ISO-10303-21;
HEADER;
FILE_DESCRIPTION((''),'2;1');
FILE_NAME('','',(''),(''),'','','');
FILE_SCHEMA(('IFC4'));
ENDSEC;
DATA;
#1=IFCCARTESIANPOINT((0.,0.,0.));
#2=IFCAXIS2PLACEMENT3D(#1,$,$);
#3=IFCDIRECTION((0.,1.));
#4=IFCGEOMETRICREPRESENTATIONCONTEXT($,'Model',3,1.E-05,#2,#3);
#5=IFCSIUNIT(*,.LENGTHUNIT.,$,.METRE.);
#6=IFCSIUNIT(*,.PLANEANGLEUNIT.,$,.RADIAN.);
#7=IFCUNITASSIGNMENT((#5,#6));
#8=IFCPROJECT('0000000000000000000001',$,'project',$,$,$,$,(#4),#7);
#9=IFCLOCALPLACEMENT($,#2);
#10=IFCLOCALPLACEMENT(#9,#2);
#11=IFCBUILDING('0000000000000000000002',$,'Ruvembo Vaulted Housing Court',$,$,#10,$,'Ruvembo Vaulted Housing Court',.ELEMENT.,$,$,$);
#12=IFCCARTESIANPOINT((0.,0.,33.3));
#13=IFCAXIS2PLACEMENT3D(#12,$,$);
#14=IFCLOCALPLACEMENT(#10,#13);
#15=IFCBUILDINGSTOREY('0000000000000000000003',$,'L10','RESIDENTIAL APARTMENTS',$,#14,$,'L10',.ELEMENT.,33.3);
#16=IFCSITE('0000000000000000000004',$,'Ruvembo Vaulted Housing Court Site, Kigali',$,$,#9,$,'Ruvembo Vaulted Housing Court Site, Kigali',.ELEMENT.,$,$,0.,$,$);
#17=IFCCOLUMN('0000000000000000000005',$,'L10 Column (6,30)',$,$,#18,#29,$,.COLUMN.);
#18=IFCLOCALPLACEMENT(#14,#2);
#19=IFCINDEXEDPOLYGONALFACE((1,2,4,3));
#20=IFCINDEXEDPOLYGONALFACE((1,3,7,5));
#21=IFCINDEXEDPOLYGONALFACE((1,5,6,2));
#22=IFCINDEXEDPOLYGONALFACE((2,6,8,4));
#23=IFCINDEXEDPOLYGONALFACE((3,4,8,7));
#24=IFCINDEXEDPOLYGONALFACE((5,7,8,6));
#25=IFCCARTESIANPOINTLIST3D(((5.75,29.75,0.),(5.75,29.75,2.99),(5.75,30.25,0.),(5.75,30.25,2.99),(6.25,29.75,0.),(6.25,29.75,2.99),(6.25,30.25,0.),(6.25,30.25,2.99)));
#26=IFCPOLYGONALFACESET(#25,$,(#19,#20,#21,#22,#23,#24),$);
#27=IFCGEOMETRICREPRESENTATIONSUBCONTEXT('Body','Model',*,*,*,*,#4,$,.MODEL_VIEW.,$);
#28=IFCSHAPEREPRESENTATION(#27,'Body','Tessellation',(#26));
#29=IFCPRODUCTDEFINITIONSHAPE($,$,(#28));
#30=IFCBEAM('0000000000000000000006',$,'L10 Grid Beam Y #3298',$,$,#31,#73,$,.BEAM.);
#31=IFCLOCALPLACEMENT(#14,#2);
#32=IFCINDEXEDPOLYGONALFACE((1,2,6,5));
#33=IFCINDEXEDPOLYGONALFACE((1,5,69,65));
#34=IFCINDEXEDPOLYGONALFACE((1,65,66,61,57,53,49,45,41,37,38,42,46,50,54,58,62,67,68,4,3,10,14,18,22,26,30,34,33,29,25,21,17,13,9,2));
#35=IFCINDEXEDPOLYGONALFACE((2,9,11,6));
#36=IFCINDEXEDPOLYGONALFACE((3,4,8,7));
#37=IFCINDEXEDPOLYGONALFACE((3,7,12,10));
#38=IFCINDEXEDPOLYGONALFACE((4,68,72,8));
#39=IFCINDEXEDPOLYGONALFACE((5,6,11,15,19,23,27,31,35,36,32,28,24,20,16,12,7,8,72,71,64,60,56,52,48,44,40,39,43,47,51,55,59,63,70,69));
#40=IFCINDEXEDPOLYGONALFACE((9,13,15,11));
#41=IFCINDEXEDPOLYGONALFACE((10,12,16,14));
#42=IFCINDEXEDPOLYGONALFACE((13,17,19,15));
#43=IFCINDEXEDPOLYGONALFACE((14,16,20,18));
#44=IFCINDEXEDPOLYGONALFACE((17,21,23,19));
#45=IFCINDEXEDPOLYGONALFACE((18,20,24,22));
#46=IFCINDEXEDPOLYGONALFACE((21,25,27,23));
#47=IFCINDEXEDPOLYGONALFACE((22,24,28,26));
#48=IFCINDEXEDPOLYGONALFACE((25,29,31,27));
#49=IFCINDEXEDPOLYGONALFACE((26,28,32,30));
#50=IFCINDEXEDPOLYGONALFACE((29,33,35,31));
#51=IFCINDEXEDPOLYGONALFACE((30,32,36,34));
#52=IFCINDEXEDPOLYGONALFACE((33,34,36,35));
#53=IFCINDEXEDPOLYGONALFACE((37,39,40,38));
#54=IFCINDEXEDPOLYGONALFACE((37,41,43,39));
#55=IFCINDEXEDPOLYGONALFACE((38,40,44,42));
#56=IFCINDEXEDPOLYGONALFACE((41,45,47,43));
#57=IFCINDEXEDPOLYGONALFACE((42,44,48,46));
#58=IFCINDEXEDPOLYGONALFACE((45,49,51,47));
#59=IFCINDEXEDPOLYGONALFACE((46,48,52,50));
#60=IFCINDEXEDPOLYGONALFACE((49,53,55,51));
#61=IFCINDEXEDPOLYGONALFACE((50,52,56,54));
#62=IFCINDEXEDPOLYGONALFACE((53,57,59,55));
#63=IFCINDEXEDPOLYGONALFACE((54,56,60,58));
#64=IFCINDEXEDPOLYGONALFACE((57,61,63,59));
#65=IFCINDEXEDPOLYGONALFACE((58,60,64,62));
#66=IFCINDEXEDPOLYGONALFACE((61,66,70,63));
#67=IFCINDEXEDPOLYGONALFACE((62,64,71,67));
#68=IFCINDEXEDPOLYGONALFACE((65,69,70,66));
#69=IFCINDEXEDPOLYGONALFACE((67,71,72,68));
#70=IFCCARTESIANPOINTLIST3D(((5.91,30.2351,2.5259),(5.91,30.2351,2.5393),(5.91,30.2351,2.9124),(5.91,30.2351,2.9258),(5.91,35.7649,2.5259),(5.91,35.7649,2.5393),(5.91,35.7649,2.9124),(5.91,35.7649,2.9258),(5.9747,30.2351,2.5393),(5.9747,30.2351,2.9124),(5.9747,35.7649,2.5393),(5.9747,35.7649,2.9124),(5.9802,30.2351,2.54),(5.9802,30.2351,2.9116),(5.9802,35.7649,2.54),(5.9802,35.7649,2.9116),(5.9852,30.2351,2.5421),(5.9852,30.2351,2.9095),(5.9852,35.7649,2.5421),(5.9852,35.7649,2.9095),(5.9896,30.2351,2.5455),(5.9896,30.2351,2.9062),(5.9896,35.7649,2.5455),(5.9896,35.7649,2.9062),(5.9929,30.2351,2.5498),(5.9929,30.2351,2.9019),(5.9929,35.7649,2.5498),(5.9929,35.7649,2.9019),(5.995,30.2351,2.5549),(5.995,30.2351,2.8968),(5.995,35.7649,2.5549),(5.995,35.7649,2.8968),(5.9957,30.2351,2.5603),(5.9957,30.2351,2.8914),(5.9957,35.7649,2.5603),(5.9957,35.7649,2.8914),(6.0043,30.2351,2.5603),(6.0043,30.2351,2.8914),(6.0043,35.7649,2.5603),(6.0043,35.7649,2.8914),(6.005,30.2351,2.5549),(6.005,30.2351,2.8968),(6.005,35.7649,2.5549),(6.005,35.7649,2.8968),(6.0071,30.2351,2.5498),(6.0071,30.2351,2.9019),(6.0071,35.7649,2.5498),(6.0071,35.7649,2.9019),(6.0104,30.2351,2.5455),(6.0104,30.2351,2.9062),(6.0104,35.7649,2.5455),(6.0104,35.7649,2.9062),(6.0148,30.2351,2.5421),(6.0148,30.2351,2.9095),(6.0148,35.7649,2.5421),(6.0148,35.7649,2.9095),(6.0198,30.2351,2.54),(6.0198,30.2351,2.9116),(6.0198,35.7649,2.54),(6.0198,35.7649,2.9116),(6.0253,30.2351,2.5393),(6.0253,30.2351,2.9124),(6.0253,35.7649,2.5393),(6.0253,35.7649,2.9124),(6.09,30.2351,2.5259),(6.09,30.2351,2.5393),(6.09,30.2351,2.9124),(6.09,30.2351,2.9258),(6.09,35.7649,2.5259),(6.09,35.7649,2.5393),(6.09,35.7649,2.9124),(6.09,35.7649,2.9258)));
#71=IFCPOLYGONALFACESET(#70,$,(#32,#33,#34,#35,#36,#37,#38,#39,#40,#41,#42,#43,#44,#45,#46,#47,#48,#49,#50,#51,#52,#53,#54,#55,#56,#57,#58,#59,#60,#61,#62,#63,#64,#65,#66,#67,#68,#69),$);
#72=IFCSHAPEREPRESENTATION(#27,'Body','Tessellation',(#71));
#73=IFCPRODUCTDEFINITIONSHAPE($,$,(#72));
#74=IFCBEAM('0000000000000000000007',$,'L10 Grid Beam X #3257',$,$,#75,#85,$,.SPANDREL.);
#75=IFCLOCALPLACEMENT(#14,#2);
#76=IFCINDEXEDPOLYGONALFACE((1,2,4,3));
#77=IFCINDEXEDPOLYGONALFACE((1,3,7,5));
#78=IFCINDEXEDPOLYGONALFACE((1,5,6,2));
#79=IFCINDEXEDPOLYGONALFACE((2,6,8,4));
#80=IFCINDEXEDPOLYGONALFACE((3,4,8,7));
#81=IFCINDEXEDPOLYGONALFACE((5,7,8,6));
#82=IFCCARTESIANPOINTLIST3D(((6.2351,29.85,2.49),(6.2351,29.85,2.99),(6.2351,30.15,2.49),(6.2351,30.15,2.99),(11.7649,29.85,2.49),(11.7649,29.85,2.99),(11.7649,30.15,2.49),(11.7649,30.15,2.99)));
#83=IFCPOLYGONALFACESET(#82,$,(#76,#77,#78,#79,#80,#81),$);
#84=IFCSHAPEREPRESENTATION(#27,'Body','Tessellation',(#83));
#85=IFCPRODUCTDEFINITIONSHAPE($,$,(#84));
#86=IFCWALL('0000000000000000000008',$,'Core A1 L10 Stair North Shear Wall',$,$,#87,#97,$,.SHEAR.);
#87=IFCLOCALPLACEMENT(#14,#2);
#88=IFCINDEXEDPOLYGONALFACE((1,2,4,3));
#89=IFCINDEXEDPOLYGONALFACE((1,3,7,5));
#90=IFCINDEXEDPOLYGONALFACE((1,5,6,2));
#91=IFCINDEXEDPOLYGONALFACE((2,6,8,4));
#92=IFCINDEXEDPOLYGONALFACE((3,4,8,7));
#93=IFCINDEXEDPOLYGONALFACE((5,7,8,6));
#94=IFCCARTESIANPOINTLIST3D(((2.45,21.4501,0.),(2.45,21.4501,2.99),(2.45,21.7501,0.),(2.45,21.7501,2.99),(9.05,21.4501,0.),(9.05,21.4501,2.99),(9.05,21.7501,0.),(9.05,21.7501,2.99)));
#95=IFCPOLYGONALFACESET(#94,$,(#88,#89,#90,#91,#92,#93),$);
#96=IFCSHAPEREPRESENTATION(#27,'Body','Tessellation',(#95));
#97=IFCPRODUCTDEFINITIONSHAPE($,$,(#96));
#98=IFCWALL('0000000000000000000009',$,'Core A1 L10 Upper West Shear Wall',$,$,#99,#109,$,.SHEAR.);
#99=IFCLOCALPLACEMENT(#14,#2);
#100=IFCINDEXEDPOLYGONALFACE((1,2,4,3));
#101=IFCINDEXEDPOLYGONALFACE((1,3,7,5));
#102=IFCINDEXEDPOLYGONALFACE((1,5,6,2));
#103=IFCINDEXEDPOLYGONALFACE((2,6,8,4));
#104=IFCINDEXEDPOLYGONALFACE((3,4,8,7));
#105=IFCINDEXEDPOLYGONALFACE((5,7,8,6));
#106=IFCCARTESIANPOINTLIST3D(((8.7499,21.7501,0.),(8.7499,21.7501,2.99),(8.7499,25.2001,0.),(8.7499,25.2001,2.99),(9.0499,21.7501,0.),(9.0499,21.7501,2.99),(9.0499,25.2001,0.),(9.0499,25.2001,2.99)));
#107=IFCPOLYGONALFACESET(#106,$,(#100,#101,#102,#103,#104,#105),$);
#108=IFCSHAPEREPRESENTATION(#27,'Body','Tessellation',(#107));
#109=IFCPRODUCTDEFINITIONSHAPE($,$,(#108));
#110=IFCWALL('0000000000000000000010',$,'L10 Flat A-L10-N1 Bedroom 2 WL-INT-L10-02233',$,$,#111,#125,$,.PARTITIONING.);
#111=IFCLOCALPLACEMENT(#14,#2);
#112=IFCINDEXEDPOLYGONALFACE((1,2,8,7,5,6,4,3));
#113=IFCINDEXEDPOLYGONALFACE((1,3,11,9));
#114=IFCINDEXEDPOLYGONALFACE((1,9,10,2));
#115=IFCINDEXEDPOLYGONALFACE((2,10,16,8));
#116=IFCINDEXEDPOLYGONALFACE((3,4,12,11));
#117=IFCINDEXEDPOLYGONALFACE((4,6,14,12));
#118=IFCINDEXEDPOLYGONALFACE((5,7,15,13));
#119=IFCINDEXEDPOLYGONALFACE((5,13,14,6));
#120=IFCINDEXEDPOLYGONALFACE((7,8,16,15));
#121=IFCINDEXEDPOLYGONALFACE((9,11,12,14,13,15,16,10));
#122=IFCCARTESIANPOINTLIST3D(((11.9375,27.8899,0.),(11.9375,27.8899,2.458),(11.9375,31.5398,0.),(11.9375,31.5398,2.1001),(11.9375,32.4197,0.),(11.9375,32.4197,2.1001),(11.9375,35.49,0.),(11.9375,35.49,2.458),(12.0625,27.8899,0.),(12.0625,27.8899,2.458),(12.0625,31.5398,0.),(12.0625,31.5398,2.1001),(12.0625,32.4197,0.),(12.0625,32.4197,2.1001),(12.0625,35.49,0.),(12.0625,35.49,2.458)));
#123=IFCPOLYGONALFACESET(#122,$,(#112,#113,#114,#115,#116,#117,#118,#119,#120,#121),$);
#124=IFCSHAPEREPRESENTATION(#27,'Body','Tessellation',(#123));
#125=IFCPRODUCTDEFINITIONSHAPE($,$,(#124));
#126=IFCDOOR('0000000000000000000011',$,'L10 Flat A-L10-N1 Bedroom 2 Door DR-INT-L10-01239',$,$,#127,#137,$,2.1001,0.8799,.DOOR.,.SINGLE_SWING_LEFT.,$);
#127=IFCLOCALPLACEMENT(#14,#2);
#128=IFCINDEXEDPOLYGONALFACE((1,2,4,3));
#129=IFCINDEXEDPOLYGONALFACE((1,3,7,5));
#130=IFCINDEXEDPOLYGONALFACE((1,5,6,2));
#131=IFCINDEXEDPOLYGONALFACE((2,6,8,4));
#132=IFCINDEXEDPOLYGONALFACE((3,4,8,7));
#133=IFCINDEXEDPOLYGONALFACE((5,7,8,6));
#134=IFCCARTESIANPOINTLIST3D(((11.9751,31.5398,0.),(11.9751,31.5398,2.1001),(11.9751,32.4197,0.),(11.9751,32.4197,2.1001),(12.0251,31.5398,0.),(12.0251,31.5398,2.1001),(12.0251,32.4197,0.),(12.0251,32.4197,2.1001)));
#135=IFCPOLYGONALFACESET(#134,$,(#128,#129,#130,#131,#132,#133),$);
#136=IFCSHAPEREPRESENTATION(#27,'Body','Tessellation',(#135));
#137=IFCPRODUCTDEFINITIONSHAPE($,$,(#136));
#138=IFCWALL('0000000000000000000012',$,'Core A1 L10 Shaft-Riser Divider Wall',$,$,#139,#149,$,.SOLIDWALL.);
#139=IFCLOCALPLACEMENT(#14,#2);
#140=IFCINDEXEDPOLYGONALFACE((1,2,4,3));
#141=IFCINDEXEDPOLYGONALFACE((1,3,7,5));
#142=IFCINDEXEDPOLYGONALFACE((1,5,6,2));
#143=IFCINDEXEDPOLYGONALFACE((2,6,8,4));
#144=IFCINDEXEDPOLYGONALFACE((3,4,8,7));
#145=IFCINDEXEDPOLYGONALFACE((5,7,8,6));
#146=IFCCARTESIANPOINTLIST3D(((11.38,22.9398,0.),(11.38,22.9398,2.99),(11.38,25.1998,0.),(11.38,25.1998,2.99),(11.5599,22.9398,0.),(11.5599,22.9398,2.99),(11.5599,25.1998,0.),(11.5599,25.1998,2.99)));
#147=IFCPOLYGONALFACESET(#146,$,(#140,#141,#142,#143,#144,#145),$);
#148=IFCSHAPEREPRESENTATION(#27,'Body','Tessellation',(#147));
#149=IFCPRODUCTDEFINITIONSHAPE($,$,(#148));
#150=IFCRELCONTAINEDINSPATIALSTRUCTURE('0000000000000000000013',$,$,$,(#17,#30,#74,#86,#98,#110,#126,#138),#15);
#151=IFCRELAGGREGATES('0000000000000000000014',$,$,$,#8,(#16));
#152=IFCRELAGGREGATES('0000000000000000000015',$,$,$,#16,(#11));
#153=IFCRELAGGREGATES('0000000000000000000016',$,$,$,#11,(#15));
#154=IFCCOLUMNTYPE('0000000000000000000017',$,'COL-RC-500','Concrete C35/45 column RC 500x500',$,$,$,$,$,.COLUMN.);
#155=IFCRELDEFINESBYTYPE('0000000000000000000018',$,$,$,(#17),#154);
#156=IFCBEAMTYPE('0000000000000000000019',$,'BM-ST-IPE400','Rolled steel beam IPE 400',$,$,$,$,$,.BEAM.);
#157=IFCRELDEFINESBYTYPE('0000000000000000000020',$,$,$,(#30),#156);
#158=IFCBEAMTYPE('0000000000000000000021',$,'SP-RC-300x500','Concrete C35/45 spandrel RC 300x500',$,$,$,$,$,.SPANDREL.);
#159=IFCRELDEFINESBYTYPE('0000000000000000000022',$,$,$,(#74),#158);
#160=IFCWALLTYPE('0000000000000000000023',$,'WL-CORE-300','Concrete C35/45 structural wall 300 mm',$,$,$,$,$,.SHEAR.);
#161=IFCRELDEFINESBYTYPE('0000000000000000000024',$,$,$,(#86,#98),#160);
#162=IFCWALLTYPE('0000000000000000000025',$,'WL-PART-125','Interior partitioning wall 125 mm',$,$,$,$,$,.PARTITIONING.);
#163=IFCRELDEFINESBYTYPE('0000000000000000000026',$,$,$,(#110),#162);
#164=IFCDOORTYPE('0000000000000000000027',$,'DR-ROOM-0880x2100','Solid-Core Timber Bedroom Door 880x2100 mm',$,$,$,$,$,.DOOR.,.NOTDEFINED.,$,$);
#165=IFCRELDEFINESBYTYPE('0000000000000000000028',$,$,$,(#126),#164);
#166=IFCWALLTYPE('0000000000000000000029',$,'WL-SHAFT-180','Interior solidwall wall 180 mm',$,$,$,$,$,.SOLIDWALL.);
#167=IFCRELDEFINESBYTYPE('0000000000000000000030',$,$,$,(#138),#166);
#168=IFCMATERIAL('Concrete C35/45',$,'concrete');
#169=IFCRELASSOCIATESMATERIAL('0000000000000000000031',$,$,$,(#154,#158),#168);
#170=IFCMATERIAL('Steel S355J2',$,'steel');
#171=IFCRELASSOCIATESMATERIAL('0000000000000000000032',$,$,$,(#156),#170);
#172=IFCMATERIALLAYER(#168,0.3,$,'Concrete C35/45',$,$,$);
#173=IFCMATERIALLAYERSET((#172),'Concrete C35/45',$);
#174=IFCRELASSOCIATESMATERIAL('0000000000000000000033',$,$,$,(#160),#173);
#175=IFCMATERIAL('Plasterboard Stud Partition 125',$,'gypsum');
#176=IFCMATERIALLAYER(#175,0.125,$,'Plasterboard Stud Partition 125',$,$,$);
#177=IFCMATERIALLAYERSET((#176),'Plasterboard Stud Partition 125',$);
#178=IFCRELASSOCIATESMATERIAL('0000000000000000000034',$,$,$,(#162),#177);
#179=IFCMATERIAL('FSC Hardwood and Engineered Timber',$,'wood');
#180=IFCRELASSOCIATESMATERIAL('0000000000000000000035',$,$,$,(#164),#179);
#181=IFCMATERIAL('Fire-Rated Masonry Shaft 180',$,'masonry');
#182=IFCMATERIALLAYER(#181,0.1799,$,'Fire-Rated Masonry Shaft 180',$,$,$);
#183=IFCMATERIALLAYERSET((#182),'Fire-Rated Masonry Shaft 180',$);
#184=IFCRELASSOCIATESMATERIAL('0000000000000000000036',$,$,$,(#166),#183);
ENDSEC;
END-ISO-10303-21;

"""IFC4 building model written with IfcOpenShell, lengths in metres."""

from ifc_helpers import new_model, si_unit, direction, frame, frame_2d, origin, origin_2d, place, context, subcontext, project, spatial, rectangle, i_section, extrude, material, layer, layer_set, material_profile, profile_set, type_object, element, fill, save


model = new_model("IFC4")

# Units and contexts
model_context = context("Model", 3, precision=1e-05, world=origin(), true_north=direction((0.0, 1.0)))
body_context = subcontext(model_context, "Body", "Model", "MODEL_VIEW")
ifc_project = project(units=[si_unit("LENGTHUNIT", "METRE"), si_unit("PLANEANGLEUNIT", "RADIAN")], contexts=[model_context])

# Site, building, storey
site_placement = place(None, origin())
site = spatial("IfcSite", under=ifc_project, at=site_placement, Name="Ruvembo Vaulted Housing Court Site, Kigali", LongName="Ruvembo Vaulted Housing Court Site, Kigali", CompositionType="ELEMENT", RefElevation=0.0)
building_placement = place(site_placement, origin())
building = spatial("IfcBuilding", under=site, at=building_placement, Name="Ruvembo Vaulted Housing Court", LongName="Ruvembo Vaulted Housing Court", CompositionType="ELEMENT")
storey_placement = place(building_placement, frame((0.0, 0.0, 33.3)))
storey = spatial("IfcBuildingStorey", under=building, at=storey_placement, Name="L10", Description="RESIDENTIAL APARTMENTS", LongName="L10", CompositionType="ELEMENT", Elevation=33.3)

# Column
ifc_material_1 = material(Name="Concrete C35/45", Category="concrete")
ifc_material_profile_1 = material_profile(ifc_material_1, rectangle(XDim=0.5, YDim=0.5, at=origin_2d()), Name="RC 500x500")
ifc_profile_set_1 = profile_set([ifc_material_profile_1], Name="Concrete C35/45")
column_type = type_object("IfcColumnType", Name="COL-RC-500", Description="Concrete C35/45 column RC 500x500", PredefinedType="COLUMN", material=ifc_profile_set_1)
column_placement = place(storey_placement, frame((6.0, 30.0, 0.0), z_axis=(0.0, 0.0, 1.0), x_axis=(1.0, 0.0, 0.0)))
element("IfcColumn", 1, at=column_placement, inside=storey, type_object=column_type, Name="L10 Column (6,30)", PredefinedType="COLUMN", context=body_context, shape_type="SweptSolid", body=[
    extrude(rectangle(XDim=0.5, YDim=0.5, at=origin_2d()), origin(), (0.0, 0.0, 1.0), 2.99),
])

# Beams
ifc_material_2 = material(Name="Steel S355J2", Category="steel")
ifc_material_profile_2 = material_profile(ifc_material_2, i_section(OverallWidth=0.1799, OverallDepth=0.3999, WebThickness=0.0085, FlangeThickness=0.0134, FilletRadius=0.021, at=origin_2d()), Name="IPE 400")
ifc_profile_set_2 = profile_set([ifc_material_profile_2], Name="Steel S355J2")
beam_type_1 = type_object("IfcBeamType", Name="BM-ST-IPE400", Description="Rolled steel beam IPE 400", PredefinedType="BEAM", material=ifc_profile_set_2)
beam_1_placement = place(storey_placement, frame((6.0, 30.2351, 2.7258), z_axis=(0.0, 1.0, 0.0), x_axis=(-1.0, 0.0, 0.0)))
element("IfcBeam", 2, at=beam_1_placement, inside=storey, type_object=beam_type_1, Name="L10 Grid Beam Y #3298", PredefinedType="BEAM", context=body_context, shape_type="SweptSolid", body=[
    extrude(i_section(OverallWidth=0.1799, OverallDepth=0.3999, WebThickness=0.0085, FlangeThickness=0.0134, FilletRadius=0.021, at=origin_2d()), origin(), (0.0, 0.0, 1.0), 5.5298),
])
ifc_material_profile_3 = material_profile(ifc_material_1, rectangle(XDim=0.3, YDim=0.5, at=origin_2d()), Name="RC 300x500")
ifc_profile_set_3 = profile_set([ifc_material_profile_3], Name="Concrete C35/45")
beam_type_2 = type_object("IfcBeamType", Name="SP-RC-300x500", Description="Concrete C35/45 spandrel RC 300x500", PredefinedType="SPANDREL", material=ifc_profile_set_3)
beam_2_placement = place(storey_placement, frame((6.2351, 30.0, 2.74), z_axis=(1.0, 0.0, 0.0), x_axis=(0.0, 1.0, 0.0)))
element("IfcBeam", 3, at=beam_2_placement, inside=storey, type_object=beam_type_2, Name="L10 Grid Beam X #3257", PredefinedType="SPANDREL", context=body_context, shape_type="SweptSolid", body=[
    extrude(rectangle(XDim=0.3, YDim=0.5, at=origin_2d()), origin(), (0.0, 0.0, 1.0), 5.5298),
])

# Walls
ifc_layer_1 = layer(ifc_material_1, 0.3, Name="Concrete C35/45")
ifc_layer_set_1 = layer_set([ifc_layer_1], Name="Concrete C35/45")
wall_type_1 = type_object("IfcWallType", Name="WL-CORE-300", Description="Concrete C35/45 structural wall 300 mm", PredefinedType="SHEAR", material=ifc_layer_set_1)
wall_1_placement = place(storey_placement, frame((9.05, 21.6001, 0.0), z_axis=(0.0, 0.0, 1.0), x_axis=(-1.0, 0.0, 0.0)))
element("IfcWall", 4, at=wall_1_placement, inside=storey, type_object=wall_type_1, Name="Core A1 L10 Stair North Shear Wall", PredefinedType="SHEAR", context=body_context, shape_type="SweptSolid", body=[
    extrude(rectangle(XDim=6.6001, YDim=0.3, at=frame_2d((3.3, 0.0))), origin(), (0.0, 0.0, 1.0), 2.99),
])
wall_2_placement = place(storey_placement, frame((8.8999, 21.75, 0.0), z_axis=(0.0, 0.0, 1.0), x_axis=(0.0, 1.0, 0.0)))
element("IfcWall", 5, at=wall_2_placement, inside=storey, type_object=wall_type_1, Name="Core A1 L10 Upper West Shear Wall", PredefinedType="SHEAR", context=body_context, shape_type="SweptSolid", body=[
    extrude(rectangle(XDim=3.45, YDim=0.3, at=frame_2d((1.7251, 0.0))), origin(), (0.0, 0.0, 1.0), 2.99),
])

# Wall, opening, door
ifc_material_3 = material(Name="FSC Hardwood and Engineered Timber", Category="wood")
ifc_material_4 = material(Name="Plasterboard Stud Partition 125", Category="gypsum")
ifc_layer_2 = layer(ifc_material_4, 0.125, Name="Plasterboard Stud Partition 125")
ifc_layer_set_2 = layer_set([ifc_layer_2], Name="Plasterboard Stud Partition 125")
wall_type_2 = type_object("IfcWallType", Name="WL-PART-125", Description="Interior partitioning wall 125 mm", PredefinedType="PARTITIONING", material=ifc_layer_set_2)
wall_3_placement = place(storey_placement, frame((12.0, 27.8899, 0.0), z_axis=(0.0, 0.0, 1.0), x_axis=(0.0, 1.0, 0.0)))
wall_3 = element("IfcWall", 6, at=wall_3_placement, inside=storey, type_object=wall_type_2, Name="L10 Flat A-L10-N1 Bedroom 2 WL-INT-L10-02233", PredefinedType="PARTITIONING", context=body_context, shape_type="SweptSolid", body=[
    extrude(rectangle(XDim=7.6001, YDim=0.125, at=frame_2d((3.8, 0.0))), origin(), (0.0, 0.0, 1.0), 2.458),
])
opening_1_placement = place(wall_3_placement, frame((3.6499, 0.0, 0.0)))
opening_1 = element("IfcOpeningElement", 7, at=opening_1_placement, cuts=wall_3, PredefinedType="OPENING", context=body_context, shape_type="SweptSolid", body=[
    extrude(rectangle(XDim=0.8799, YDim=2.1001, at=frame_2d((0.4399, 1.05))), frame((0.0, 0.0725, 0.0), z_axis=(0.0, -1.0, 0.0), x_axis=(1.0, 0.0, 0.0)), (0.0, 0.0, 1.0), 0.145),
])
door_type_1 = type_object("IfcDoorType", Name="DR-ROOM-0880x2100", Description="Solid-Core Timber Bedroom Door 880x2100 mm", OperationType="NOTDEFINED", PredefinedType="DOOR", material=ifc_material_3)
door_1_placement = place(opening_1_placement, origin())
door_1 = element("IfcDoor", 8, at=door_1_placement, inside=storey, type_object=door_type_1, Name="L10 Flat A-L10-N1 Bedroom 2 Door DR-INT-L10-01239", OperationType="SINGLE_SWING_LEFT", OverallHeight=2.1001, OverallWidth=0.8799, PredefinedType="DOOR", context=body_context, shape_type="SweptSolid", body=[
    extrude(rectangle(XDim=0.8799, YDim=2.1001, at=frame_2d((0.4399, 1.05))), frame((0.0, 0.0249, 0.0), z_axis=(0.0, -1.0, 0.0), x_axis=(1.0, 0.0, 0.0)), (0.0, 0.0, 1.0), 0.05),
])
fill(opening_1, door_1)

# Shared definitions
ifc_material_5 = material(Name="Fire-Rated Masonry Shaft 180", Category="masonry")
ifc_layer_3 = layer(ifc_material_5, 0.1799, Name="Fire-Rated Masonry Shaft 180")
ifc_layer_set_3 = layer_set([ifc_layer_3], Name="Fire-Rated Masonry Shaft 180")
wall_type_3 = type_object("IfcWallType", Name="WL-SHAFT-180", Description="Interior solidwall wall 180 mm", PredefinedType="SOLIDWALL", material=ifc_layer_set_3)

# Wall
wall_4_placement = place(storey_placement, frame((11.47, 22.9399, 0.0), z_axis=(0.0, 0.0, 1.0), x_axis=(0.0, 1.0, 0.0)))
element("IfcWall", 9, at=wall_4_placement, inside=storey, type_object=wall_type_3, Name="Core A1 L10 Shaft-Riser Divider Wall", PredefinedType="SOLIDWALL", context=body_context, shape_type="SweptSolid", body=[
    extrude(rectangle(XDim=2.26, YDim=0.1799, at=frame_2d((1.1299, 0.0))), origin(), (0.0, 0.0, 1.0), 2.99),
])

save(model, "model.ifc")
